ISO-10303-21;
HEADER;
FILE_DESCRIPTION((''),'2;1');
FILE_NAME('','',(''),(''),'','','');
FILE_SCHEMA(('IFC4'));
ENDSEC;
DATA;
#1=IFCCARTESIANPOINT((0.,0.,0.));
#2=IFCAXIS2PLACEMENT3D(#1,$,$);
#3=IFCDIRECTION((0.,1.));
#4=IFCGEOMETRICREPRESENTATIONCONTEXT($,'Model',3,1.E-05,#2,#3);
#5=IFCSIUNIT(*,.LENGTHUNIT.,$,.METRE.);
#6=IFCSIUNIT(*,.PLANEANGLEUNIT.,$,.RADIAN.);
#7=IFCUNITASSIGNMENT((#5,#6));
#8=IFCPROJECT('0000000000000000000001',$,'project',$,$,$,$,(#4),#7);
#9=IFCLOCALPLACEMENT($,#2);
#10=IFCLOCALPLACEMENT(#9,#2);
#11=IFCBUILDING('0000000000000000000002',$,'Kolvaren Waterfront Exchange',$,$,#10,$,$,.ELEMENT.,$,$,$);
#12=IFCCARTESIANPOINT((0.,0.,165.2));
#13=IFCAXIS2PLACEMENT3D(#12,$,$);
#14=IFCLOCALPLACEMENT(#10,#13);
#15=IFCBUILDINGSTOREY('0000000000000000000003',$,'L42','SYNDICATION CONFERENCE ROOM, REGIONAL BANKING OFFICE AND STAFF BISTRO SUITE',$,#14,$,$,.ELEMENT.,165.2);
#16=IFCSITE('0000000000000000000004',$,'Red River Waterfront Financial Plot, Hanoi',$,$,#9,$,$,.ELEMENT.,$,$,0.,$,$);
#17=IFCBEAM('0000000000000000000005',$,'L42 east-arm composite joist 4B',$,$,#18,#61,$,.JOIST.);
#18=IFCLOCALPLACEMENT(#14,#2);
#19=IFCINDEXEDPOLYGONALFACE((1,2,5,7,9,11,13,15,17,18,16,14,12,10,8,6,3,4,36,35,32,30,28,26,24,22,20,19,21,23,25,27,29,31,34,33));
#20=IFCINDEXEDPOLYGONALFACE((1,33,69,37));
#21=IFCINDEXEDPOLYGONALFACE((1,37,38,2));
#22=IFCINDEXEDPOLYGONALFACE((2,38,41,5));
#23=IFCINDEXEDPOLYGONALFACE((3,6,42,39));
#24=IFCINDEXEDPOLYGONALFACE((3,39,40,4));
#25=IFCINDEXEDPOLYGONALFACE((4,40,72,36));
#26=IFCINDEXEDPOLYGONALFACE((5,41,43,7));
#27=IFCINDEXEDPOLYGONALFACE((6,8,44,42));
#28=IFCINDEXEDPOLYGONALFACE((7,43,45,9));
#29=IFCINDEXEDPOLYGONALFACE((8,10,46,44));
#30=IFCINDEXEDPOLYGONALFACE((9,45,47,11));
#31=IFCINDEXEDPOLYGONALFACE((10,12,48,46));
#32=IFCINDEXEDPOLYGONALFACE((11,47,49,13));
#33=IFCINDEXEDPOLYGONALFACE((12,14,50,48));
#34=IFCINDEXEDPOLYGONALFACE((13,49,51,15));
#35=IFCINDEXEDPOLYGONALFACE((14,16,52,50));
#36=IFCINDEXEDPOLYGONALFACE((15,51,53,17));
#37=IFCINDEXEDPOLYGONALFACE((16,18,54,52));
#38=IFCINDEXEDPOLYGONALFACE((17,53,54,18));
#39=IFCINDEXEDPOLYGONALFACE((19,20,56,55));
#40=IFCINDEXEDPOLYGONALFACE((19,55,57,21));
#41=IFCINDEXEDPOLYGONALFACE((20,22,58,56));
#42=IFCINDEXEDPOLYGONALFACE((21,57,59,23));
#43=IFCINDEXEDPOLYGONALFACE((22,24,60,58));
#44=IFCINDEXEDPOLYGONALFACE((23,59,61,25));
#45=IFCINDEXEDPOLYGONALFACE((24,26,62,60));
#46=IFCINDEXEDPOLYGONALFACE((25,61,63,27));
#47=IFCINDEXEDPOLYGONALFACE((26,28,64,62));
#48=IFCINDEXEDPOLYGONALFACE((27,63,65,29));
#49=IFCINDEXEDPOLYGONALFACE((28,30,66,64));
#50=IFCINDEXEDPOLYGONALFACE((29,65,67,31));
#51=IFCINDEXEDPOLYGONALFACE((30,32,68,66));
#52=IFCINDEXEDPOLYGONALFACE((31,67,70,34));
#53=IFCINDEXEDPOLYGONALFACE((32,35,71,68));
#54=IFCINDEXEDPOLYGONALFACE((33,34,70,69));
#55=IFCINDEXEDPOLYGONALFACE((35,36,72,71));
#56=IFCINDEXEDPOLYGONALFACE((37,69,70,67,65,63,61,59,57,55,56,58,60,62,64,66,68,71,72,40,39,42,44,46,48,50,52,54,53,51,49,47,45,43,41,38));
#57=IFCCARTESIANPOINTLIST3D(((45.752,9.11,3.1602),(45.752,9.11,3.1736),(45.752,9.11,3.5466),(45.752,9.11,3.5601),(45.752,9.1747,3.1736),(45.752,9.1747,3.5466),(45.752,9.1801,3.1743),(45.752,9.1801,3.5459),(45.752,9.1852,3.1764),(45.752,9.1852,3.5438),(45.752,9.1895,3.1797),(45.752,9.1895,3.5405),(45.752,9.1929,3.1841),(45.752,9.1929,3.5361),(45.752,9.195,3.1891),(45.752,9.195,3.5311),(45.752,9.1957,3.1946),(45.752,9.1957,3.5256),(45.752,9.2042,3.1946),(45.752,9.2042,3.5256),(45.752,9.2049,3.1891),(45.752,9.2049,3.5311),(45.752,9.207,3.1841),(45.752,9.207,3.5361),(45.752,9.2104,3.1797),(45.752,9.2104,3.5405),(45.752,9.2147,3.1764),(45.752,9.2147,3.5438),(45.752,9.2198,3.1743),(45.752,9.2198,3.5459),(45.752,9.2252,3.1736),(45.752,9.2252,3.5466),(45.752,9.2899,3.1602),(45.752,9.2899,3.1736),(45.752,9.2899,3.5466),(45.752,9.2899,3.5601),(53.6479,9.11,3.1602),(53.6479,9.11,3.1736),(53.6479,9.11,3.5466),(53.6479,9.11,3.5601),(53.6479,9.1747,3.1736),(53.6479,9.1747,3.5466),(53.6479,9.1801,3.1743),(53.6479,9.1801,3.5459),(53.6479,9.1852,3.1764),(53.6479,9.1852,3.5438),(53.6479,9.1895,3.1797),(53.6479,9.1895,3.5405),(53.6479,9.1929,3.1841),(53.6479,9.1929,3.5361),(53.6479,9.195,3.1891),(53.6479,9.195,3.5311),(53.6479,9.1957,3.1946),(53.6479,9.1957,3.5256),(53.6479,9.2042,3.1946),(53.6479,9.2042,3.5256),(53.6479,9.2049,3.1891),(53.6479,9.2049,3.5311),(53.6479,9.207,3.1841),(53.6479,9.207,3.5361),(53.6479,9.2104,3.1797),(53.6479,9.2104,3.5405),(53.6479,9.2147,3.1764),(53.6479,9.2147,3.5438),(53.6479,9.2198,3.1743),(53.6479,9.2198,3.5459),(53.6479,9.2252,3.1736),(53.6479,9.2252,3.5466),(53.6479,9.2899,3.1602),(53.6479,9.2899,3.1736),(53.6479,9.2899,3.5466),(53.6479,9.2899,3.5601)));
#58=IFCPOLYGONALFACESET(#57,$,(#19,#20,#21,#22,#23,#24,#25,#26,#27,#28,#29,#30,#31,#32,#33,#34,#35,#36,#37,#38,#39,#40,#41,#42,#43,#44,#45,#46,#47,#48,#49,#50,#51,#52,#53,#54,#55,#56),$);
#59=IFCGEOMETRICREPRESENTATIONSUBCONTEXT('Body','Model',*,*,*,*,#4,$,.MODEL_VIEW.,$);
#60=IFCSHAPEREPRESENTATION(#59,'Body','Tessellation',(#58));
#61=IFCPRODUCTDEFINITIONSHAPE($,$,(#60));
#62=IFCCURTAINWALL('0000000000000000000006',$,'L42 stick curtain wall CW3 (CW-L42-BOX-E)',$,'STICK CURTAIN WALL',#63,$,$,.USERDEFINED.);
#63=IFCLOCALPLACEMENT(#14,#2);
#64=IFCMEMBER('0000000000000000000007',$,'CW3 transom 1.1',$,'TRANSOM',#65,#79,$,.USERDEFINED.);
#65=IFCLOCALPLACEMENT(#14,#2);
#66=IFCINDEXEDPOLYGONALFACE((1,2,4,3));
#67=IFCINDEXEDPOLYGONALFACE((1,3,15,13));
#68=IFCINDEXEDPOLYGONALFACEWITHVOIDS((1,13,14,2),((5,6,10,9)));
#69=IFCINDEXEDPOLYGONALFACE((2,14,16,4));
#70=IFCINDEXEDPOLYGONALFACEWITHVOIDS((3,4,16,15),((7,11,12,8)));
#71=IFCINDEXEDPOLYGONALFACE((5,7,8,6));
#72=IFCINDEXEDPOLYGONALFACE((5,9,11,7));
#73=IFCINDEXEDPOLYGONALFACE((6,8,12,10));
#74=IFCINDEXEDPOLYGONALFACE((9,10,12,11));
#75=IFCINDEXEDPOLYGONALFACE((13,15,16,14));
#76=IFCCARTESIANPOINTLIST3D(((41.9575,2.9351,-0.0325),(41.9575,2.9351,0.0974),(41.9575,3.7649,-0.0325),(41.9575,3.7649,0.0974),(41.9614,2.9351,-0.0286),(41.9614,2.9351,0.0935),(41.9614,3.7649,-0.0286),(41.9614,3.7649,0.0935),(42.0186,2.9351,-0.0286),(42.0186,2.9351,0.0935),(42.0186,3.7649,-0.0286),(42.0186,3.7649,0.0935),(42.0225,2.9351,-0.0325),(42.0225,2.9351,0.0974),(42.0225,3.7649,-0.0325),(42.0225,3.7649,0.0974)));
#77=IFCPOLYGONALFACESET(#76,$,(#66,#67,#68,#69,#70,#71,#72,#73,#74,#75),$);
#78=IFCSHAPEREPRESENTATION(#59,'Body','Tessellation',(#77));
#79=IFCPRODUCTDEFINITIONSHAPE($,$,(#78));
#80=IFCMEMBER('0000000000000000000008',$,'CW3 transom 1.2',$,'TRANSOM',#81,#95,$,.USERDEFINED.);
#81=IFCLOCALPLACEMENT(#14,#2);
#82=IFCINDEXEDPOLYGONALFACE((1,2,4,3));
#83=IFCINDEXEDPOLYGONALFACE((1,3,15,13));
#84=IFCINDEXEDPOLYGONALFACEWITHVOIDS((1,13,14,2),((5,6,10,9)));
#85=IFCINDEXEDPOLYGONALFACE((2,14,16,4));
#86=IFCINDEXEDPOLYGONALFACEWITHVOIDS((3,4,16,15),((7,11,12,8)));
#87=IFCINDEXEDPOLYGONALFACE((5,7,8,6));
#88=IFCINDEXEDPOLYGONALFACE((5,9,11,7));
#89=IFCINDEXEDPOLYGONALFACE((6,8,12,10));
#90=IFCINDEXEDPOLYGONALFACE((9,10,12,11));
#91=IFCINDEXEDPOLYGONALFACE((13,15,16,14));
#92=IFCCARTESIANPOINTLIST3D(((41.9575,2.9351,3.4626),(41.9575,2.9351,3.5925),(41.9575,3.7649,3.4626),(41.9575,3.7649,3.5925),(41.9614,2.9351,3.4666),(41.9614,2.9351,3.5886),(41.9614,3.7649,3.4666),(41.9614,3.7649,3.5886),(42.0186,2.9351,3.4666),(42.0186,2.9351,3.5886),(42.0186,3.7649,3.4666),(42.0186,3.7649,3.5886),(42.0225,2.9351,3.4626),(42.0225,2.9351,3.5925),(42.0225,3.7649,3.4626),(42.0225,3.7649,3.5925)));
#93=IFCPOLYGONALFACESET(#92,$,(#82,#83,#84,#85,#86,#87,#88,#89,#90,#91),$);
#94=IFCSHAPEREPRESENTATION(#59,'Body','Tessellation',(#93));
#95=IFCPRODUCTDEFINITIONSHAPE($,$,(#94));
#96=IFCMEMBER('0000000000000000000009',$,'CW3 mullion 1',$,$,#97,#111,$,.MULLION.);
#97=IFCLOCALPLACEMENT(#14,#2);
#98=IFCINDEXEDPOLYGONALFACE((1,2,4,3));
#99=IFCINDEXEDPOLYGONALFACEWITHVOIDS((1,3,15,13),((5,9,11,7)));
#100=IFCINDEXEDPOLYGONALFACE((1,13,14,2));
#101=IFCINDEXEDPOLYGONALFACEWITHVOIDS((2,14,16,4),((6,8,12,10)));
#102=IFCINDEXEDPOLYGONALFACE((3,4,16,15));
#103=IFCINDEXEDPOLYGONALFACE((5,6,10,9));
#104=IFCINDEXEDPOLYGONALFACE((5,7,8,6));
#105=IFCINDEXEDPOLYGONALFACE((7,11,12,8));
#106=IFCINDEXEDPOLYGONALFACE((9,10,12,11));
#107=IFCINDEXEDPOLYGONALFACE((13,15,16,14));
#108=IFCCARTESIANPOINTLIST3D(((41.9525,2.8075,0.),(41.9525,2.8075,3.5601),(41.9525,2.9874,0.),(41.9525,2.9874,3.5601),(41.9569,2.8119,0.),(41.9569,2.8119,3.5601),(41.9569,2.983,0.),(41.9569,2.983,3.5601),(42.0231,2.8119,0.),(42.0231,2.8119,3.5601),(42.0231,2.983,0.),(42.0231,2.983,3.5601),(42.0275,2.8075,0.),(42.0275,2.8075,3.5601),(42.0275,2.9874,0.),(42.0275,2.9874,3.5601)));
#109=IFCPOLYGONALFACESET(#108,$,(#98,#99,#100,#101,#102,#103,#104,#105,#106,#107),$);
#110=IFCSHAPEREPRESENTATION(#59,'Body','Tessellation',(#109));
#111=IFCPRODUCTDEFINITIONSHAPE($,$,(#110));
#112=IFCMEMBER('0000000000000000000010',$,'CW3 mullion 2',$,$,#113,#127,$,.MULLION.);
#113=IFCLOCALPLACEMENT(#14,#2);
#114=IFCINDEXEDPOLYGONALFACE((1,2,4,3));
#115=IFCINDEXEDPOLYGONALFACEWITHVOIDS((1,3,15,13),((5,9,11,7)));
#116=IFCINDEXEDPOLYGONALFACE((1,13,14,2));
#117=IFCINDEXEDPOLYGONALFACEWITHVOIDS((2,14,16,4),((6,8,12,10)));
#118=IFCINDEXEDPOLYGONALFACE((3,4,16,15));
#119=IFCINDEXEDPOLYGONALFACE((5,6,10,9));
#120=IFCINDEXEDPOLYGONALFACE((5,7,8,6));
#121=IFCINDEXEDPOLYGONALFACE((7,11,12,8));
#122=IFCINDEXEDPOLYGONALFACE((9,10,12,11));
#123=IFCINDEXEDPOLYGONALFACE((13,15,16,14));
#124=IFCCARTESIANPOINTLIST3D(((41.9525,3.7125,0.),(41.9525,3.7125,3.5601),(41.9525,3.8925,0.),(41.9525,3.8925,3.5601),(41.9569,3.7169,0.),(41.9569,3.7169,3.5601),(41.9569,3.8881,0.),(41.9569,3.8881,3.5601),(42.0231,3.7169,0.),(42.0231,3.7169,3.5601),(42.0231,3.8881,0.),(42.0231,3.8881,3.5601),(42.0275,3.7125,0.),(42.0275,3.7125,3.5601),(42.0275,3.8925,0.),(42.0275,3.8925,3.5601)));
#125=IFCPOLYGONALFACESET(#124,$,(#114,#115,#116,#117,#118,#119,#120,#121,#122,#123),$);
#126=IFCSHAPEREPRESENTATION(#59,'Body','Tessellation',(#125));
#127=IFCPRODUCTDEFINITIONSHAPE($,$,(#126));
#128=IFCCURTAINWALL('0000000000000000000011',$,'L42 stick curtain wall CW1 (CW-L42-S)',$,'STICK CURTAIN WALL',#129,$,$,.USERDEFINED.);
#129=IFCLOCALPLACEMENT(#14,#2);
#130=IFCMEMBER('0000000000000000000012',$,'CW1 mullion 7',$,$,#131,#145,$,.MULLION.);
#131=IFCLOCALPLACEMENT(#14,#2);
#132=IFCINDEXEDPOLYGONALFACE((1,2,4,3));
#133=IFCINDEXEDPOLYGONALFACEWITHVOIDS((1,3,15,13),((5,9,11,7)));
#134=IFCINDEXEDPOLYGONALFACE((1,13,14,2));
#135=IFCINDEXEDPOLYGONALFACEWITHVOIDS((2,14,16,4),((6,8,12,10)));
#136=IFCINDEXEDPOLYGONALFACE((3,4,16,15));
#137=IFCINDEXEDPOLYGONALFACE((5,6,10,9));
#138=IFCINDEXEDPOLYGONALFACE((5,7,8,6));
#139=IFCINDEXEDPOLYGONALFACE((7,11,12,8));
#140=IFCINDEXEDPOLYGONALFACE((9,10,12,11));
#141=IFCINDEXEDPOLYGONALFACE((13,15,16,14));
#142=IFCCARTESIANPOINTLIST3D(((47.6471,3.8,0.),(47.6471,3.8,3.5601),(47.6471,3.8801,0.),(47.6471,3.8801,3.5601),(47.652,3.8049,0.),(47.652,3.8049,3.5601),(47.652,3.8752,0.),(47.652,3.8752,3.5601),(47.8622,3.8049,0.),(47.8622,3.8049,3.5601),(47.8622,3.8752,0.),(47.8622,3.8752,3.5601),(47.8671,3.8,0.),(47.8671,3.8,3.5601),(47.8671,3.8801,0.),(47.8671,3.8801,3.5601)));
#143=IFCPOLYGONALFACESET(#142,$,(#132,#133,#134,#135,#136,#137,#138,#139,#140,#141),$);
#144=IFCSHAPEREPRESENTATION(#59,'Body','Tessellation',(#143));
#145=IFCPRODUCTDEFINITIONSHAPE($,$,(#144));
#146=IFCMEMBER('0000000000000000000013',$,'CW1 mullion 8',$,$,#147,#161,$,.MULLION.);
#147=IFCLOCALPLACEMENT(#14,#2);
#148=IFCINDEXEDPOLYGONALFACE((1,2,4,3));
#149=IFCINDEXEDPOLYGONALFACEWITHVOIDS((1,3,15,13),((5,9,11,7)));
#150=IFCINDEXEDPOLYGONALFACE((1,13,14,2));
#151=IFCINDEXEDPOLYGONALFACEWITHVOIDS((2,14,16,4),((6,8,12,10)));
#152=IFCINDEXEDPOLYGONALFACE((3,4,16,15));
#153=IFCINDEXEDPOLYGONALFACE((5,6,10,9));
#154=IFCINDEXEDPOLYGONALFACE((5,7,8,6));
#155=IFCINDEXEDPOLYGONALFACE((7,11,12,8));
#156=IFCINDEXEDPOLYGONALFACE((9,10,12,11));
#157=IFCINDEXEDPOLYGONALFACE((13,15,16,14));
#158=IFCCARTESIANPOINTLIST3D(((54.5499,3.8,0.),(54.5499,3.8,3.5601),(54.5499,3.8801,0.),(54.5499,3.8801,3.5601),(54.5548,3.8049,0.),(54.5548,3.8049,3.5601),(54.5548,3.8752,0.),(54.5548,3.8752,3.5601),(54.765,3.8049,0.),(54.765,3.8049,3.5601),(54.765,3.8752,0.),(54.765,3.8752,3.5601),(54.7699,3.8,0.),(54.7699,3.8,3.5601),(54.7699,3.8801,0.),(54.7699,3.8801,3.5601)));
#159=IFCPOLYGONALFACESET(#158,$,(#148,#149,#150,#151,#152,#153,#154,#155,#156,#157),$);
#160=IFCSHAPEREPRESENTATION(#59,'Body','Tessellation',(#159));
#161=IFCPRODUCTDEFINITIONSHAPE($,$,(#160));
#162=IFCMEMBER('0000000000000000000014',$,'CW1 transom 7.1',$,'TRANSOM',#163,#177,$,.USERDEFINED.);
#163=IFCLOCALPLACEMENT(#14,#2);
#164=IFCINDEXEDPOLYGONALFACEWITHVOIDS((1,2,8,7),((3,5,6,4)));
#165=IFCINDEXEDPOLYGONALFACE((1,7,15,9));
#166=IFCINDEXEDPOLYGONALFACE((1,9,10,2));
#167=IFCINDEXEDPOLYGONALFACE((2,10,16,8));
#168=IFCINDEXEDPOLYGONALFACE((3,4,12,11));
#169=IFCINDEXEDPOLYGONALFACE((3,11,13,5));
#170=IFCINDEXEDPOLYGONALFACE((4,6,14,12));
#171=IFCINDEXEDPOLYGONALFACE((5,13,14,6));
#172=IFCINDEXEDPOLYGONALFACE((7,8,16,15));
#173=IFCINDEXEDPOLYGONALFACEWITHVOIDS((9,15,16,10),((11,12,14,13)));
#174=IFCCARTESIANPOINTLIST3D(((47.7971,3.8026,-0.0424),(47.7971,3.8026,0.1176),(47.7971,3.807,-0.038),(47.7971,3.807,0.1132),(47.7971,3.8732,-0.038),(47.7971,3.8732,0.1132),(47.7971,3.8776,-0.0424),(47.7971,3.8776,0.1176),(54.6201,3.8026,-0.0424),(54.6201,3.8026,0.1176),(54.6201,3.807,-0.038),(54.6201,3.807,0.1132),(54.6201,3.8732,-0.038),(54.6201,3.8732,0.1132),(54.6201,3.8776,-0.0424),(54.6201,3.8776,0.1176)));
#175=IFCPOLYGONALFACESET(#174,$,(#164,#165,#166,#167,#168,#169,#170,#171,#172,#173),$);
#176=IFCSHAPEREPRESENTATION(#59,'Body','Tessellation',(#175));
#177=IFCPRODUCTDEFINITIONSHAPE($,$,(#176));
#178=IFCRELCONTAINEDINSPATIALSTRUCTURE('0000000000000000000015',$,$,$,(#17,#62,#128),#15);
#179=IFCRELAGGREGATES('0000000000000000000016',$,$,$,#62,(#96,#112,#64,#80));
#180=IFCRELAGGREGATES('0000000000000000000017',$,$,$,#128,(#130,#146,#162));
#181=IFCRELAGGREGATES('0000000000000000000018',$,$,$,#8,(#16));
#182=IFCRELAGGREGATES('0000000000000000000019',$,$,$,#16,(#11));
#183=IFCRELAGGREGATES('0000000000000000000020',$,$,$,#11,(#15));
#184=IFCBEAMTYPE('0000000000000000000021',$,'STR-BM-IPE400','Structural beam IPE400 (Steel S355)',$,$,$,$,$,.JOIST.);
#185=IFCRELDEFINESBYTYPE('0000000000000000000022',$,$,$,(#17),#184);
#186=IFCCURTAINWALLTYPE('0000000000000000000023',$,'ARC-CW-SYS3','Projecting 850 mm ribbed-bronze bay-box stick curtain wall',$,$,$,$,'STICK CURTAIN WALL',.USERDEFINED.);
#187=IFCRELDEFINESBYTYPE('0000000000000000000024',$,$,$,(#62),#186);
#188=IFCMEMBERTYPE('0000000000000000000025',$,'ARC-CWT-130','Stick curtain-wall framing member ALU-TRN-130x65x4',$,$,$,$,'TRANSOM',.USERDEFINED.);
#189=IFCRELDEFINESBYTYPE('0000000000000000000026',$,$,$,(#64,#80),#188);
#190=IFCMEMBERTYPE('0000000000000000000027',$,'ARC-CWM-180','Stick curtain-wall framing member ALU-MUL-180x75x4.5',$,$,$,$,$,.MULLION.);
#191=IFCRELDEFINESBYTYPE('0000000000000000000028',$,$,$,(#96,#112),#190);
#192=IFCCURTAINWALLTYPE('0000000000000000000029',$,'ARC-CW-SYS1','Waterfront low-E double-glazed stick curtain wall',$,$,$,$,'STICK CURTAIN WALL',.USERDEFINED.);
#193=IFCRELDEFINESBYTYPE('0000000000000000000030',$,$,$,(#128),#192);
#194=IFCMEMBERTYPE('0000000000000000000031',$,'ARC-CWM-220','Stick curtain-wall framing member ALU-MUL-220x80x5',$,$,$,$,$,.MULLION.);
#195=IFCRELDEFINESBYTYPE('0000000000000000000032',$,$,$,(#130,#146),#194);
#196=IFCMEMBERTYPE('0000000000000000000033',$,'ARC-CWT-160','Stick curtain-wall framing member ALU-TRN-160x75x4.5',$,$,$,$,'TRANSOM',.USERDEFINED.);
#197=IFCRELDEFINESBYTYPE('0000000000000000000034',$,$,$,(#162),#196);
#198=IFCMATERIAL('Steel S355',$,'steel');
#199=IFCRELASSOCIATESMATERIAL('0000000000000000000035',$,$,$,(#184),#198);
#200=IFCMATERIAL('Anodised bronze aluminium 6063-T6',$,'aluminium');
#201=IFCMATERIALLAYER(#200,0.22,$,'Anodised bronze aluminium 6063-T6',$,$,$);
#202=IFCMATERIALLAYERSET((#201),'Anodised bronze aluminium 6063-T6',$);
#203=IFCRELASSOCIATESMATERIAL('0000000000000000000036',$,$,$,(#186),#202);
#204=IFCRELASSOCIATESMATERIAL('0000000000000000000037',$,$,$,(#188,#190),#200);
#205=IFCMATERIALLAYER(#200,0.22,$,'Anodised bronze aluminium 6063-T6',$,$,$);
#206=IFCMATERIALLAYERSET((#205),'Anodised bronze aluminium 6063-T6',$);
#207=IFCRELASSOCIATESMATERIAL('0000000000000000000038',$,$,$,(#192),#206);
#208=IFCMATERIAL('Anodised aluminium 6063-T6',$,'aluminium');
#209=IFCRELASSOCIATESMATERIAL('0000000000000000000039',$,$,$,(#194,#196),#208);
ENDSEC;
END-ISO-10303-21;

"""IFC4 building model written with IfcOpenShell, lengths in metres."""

from ifc_helpers import new_model, si_unit, direction, frame, origin, origin_with_axes, origin_2d, place, context, subcontext, project, spatial, hollow_rectangle, i_section, extrude, source, transform, mapped, material, layer, layer_set, material_profile, profile_set, type_object, element, aggregate, save


model = new_model("IFC4")

# Units and contexts
model_context = context("Model", 3, precision=1e-05, world=origin(), true_north=direction((0.0, 1.0)))
body_context = subcontext(model_context, "Body", "Model", "MODEL_VIEW")
ifc_project = project(units=[si_unit("LENGTHUNIT", "METRE"), si_unit("PLANEANGLEUNIT", "RADIAN")], contexts=[model_context])

# Site, building, storey
site_placement = place(None, origin())
site = spatial("IfcSite", under=ifc_project, at=site_placement, Name="Red River Waterfront Financial Plot, Hanoi", CompositionType="ELEMENT", RefElevation=0.0)
building_placement = place(site_placement, origin())
building = spatial("IfcBuilding", under=site, at=building_placement, Name="Kolvaren Waterfront Exchange", CompositionType="ELEMENT")
storey_placement = place(building_placement, frame((0.0, 0.0, 165.2)))
storey = spatial("IfcBuildingStorey", under=building, at=storey_placement, Name="L42", Description="SYNDICATION CONFERENCE ROOM, REGIONAL BANKING OFFICE AND STAFF BISTRO SUITE", CompositionType="ELEMENT", Elevation=165.2)

# Beam
ifc_material_1 = material(Name="Steel S355", Category="steel")
ifc_material_profile_1 = material_profile(ifc_material_1, i_section(OverallWidth=0.1799, OverallDepth=0.3999, WebThickness=0.0085, FlangeThickness=0.0134, FilletRadius=0.021, at=origin_2d()), Name="IPE400")
ifc_profile_set_1 = profile_set([ifc_material_profile_1], Name="Steel S355")
beam_type_1 = type_object("IfcBeamType", Name="STR-BM-IPE400", Description="Structural beam IPE400 (Steel S355)", PredefinedType="JOIST", material=ifc_profile_set_1)
beam_1_placement = place(storey_placement, frame((45.752, 9.2, 3.3601), z_axis=(1.0, 0.0, 0.0), x_axis=(0.0, 1.0, 0.0)))
element("IfcBeam", 1, at=beam_1_placement, inside=storey, type_object=beam_type_1, Name="L42 east-arm composite joist 4B", PredefinedType="JOIST", context=body_context, shape_type="SweptSolid", body=[
    extrude(i_section(OverallWidth=0.1799, OverallDepth=0.3999, WebThickness=0.0085, FlangeThickness=0.0134, FilletRadius=0.021, at=origin_2d()), origin(), (0.0, 0.0, 1.0), 7.896),
])

# Curtain walls, members
ifc_material_2 = material(Name="Anodised bronze aluminium 6063-T6", Category="aluminium")
ifc_layer_1 = layer(ifc_material_2, 0.22, Name="Anodised bronze aluminium 6063-T6")
ifc_layer_set_1 = layer_set([ifc_layer_1], Name="Anodised bronze aluminium 6063-T6")
curtain_wall_type_1 = type_object("IfcCurtainWallType", Name="ARC-CW-SYS3", Description="Projecting 850 mm ribbed-bronze bay-box stick curtain wall", ElementType="STICK CURTAIN WALL", PredefinedType="USERDEFINED", material=ifc_layer_set_1)
curtain_wall_1_placement = place(storey_placement, origin())
curtain_wall_1 = element("IfcCurtainWall", 2, at=curtain_wall_1_placement, inside=storey, type_object=curtain_wall_type_1, Name="L42 stick curtain wall CW3 (CW-L42-BOX-E)", ObjectType="STICK CURTAIN WALL", PredefinedType="USERDEFINED")
ifc_material_profile_2 = material_profile(ifc_material_2, hollow_rectangle(XDim=0.0649, YDim=0.1299, WallThickness=0.0039, at=origin_2d()), Name="ALU-TRN-130x65x4")
ifc_profile_set_2 = profile_set([ifc_material_profile_2], Name="Anodised bronze aluminium 6063-T6")
member_type_1 = type_object("IfcMemberType", Name="ARC-CWT-130", Description="Stick curtain-wall framing member ALU-TRN-130x65x4", ElementType="TRANSOM", PredefinedType="USERDEFINED", material=ifc_profile_set_2)
shared_shape_1 = source(origin_with_axes(), body_context, "Body", "SweptSolid", [
    extrude(hollow_rectangle(XDim=0.0649, YDim=0.1299, WallThickness=0.0039, at=origin_2d()), origin(), (0.0, 0.0, 1.0), 0.8298),
])
member_1_placement = place(storey_placement, frame((41.99, 2.9351, 0.0325), z_axis=(0.0, 1.0, 0.0), x_axis=(-1.0, 0.0, 0.0)))
member_1 = element("IfcMember", 3, at=member_1_placement, type_object=member_type_1, Name="CW3 transom 1.1", ObjectType="TRANSOM", PredefinedType="USERDEFINED", context=body_context, shape_type="MappedRepresentation", body=[
    mapped(shared_shape_1, transform((0.0, 0.0, 0.0), x_axis=(1.0, 0.0, 0.0), y_axis=(0.0, 1.0, 0.0), z_axis=(0.0, 0.0, 1.0), scale=1.0)),
])
member_2_placement = place(storey_placement, frame((41.99, 2.9351, 3.5276), z_axis=(0.0, 1.0, 0.0), x_axis=(-1.0, 0.0, 0.0)))
member_2 = element("IfcMember", 4, at=member_2_placement, type_object=member_type_1, Name="CW3 transom 1.2", ObjectType="TRANSOM", PredefinedType="USERDEFINED", context=body_context, shape_type="MappedRepresentation", body=[
    mapped(shared_shape_1, transform((0.0, 0.0, 0.0), x_axis=(1.0, 0.0, 0.0), y_axis=(0.0, 1.0, 0.0), z_axis=(0.0, 0.0, 1.0), scale=1.0)),
])
ifc_material_profile_3 = material_profile(ifc_material_2, hollow_rectangle(XDim=0.075, YDim=0.1799, WallThickness=0.0044, at=origin_2d()), Name="ALU-MUL-180x75x4.5")
ifc_profile_set_3 = profile_set([ifc_material_profile_3], Name="Anodised bronze aluminium 6063-T6")
member_type_2 = type_object("IfcMemberType", Name="ARC-CWM-180", Description="Stick curtain-wall framing member ALU-MUL-180x75x4.5", PredefinedType="MULLION", material=ifc_profile_set_3)
shared_shape_2 = source(origin_with_axes(), body_context, "Body", "SweptSolid", [
    extrude(hollow_rectangle(XDim=0.075, YDim=0.1799, WallThickness=0.0044, at=origin_2d()), origin(), (0.0, 0.0, 1.0), 3.5601),
])
member_3_placement = place(storey_placement, frame((41.99, 2.8975, 0.0), z_axis=(0.0, 0.0, 1.0), x_axis=(-1.0, 0.0, 0.0)))
member_3 = element("IfcMember", 5, at=member_3_placement, type_object=member_type_2, Name="CW3 mullion 1", PredefinedType="MULLION", context=body_context, shape_type="MappedRepresentation", body=[
    mapped(shared_shape_2, transform((0.0, 0.0, 0.0), x_axis=(1.0, 0.0, 0.0), y_axis=(0.0, 1.0, 0.0), z_axis=(0.0, 0.0, 1.0), scale=1.0)),
])
member_4_placement = place(storey_placement, frame((41.99, 3.8025, 0.0), z_axis=(0.0, 0.0, 1.0), x_axis=(-1.0, 0.0, 0.0)))
member_4 = element("IfcMember", 6, at=member_4_placement, type_object=member_type_2, Name="CW3 mullion 2", PredefinedType="MULLION", context=body_context, shape_type="MappedRepresentation", body=[
    mapped(shared_shape_2, transform((0.0, 0.0, 0.0), x_axis=(1.0, 0.0, 0.0), y_axis=(0.0, 1.0, 0.0), z_axis=(0.0, 0.0, 1.0), scale=1.0)),
])
ifc_layer_2 = layer(ifc_material_2, 0.22, Name="Anodised bronze aluminium 6063-T6")
ifc_layer_set_2 = layer_set([ifc_layer_2], Name="Anodised bronze aluminium 6063-T6")
curtain_wall_type_2 = type_object("IfcCurtainWallType", Name="ARC-CW-SYS1", Description="Waterfront low-E double-glazed stick curtain wall", ElementType="STICK CURTAIN WALL", PredefinedType="USERDEFINED", material=ifc_layer_set_2)
curtain_wall_2_placement = place(storey_placement, origin())
curtain_wall_2 = element("IfcCurtainWall", 7, at=curtain_wall_2_placement, inside=storey, type_object=curtain_wall_type_2, Name="L42 stick curtain wall CW1 (CW-L42-S)", ObjectType="STICK CURTAIN WALL", PredefinedType="USERDEFINED")
ifc_material_3 = material(Name="Anodised aluminium 6063-T6", Category="aluminium")
ifc_material_profile_4 = material_profile(ifc_material_3, hollow_rectangle(XDim=0.0801, YDim=0.22, WallThickness=0.0049, at=origin_2d()), Name="ALU-MUL-220x80x5")
ifc_profile_set_4 = profile_set([ifc_material_profile_4], Name="Anodised aluminium 6063-T6")
member_type_3 = type_object("IfcMemberType", Name="ARC-CWM-220", Description="Stick curtain-wall framing member ALU-MUL-220x80x5", PredefinedType="MULLION", material=ifc_profile_set_4)
shared_shape_3 = source(origin_with_axes(), body_context, "Body", "SweptSolid", [
    extrude(hollow_rectangle(XDim=0.0801, YDim=0.22, WallThickness=0.0049, at=origin_2d()), origin(), (0.0, 0.0, 1.0), 3.5601),
])
member_5_placement = place(storey_placement, frame((47.7571, 3.8401, 0.0), z_axis=(0.0, 0.0, 1.0), x_axis=(0.0, 1.0, 0.0)))
member_5 = element("IfcMember", 8, at=member_5_placement, type_object=member_type_3, Name="CW1 mullion 7", PredefinedType="MULLION", context=body_context, shape_type="MappedRepresentation", body=[
    mapped(shared_shape_3, transform((0.0, 0.0, 0.0), x_axis=(1.0, 0.0, 0.0), y_axis=(0.0, 1.0, 0.0), z_axis=(0.0, 0.0, 1.0), scale=1.0)),
])
member_6_placement = place(storey_placement, frame((54.6599, 3.8401, 0.0), z_axis=(0.0, 0.0, 1.0), x_axis=(0.0, 1.0, 0.0)))
member_6 = element("IfcMember", 9, at=member_6_placement, type_object=member_type_3, Name="CW1 mullion 8", PredefinedType="MULLION", context=body_context, shape_type="MappedRepresentation", body=[
    mapped(shared_shape_3, transform((0.0, 0.0, 0.0), x_axis=(1.0, 0.0, 0.0), y_axis=(0.0, 1.0, 0.0), z_axis=(0.0, 0.0, 1.0), scale=1.0)),
])
ifc_material_profile_5 = material_profile(ifc_material_3, hollow_rectangle(XDim=0.075, YDim=0.1599, WallThickness=0.0044, at=origin_2d()), Name="ALU-TRN-160x75x4.5")
ifc_profile_set_5 = profile_set([ifc_material_profile_5], Name="Anodised aluminium 6063-T6")
member_type_4 = type_object("IfcMemberType", Name="ARC-CWT-160", Description="Stick curtain-wall framing member ALU-TRN-160x75x4.5", ElementType="TRANSOM", PredefinedType="USERDEFINED", material=ifc_profile_set_5)
shared_shape_4 = source(origin_with_axes(), body_context, "Body", "SweptSolid", [
    extrude(hollow_rectangle(XDim=0.075, YDim=0.1599, WallThickness=0.0044, at=origin_2d()), origin(), (0.0, 0.0, 1.0), 6.823),
])
member_7_placement = place(storey_placement, frame((47.7971, 3.8401, 0.0376), z_axis=(1.0, 0.0, 0.0), x_axis=(0.0, 1.0, 0.0)))
member_7 = element("IfcMember", 10, at=member_7_placement, type_object=member_type_4, Name="CW1 transom 7.1", ObjectType="TRANSOM", PredefinedType="USERDEFINED", context=body_context, shape_type="MappedRepresentation", body=[
    mapped(shared_shape_4, transform((0.0, 0.0, 0.0), x_axis=(1.0, 0.0, 0.0), y_axis=(0.0, 1.0, 0.0), z_axis=(0.0, 0.0, 1.0), scale=1.0)),
])

aggregate(curtain_wall_1, [member_3, member_4, member_1, member_2])
aggregate(curtain_wall_2, [member_5, member_6, member_7])

save(model, "model.ifc")
